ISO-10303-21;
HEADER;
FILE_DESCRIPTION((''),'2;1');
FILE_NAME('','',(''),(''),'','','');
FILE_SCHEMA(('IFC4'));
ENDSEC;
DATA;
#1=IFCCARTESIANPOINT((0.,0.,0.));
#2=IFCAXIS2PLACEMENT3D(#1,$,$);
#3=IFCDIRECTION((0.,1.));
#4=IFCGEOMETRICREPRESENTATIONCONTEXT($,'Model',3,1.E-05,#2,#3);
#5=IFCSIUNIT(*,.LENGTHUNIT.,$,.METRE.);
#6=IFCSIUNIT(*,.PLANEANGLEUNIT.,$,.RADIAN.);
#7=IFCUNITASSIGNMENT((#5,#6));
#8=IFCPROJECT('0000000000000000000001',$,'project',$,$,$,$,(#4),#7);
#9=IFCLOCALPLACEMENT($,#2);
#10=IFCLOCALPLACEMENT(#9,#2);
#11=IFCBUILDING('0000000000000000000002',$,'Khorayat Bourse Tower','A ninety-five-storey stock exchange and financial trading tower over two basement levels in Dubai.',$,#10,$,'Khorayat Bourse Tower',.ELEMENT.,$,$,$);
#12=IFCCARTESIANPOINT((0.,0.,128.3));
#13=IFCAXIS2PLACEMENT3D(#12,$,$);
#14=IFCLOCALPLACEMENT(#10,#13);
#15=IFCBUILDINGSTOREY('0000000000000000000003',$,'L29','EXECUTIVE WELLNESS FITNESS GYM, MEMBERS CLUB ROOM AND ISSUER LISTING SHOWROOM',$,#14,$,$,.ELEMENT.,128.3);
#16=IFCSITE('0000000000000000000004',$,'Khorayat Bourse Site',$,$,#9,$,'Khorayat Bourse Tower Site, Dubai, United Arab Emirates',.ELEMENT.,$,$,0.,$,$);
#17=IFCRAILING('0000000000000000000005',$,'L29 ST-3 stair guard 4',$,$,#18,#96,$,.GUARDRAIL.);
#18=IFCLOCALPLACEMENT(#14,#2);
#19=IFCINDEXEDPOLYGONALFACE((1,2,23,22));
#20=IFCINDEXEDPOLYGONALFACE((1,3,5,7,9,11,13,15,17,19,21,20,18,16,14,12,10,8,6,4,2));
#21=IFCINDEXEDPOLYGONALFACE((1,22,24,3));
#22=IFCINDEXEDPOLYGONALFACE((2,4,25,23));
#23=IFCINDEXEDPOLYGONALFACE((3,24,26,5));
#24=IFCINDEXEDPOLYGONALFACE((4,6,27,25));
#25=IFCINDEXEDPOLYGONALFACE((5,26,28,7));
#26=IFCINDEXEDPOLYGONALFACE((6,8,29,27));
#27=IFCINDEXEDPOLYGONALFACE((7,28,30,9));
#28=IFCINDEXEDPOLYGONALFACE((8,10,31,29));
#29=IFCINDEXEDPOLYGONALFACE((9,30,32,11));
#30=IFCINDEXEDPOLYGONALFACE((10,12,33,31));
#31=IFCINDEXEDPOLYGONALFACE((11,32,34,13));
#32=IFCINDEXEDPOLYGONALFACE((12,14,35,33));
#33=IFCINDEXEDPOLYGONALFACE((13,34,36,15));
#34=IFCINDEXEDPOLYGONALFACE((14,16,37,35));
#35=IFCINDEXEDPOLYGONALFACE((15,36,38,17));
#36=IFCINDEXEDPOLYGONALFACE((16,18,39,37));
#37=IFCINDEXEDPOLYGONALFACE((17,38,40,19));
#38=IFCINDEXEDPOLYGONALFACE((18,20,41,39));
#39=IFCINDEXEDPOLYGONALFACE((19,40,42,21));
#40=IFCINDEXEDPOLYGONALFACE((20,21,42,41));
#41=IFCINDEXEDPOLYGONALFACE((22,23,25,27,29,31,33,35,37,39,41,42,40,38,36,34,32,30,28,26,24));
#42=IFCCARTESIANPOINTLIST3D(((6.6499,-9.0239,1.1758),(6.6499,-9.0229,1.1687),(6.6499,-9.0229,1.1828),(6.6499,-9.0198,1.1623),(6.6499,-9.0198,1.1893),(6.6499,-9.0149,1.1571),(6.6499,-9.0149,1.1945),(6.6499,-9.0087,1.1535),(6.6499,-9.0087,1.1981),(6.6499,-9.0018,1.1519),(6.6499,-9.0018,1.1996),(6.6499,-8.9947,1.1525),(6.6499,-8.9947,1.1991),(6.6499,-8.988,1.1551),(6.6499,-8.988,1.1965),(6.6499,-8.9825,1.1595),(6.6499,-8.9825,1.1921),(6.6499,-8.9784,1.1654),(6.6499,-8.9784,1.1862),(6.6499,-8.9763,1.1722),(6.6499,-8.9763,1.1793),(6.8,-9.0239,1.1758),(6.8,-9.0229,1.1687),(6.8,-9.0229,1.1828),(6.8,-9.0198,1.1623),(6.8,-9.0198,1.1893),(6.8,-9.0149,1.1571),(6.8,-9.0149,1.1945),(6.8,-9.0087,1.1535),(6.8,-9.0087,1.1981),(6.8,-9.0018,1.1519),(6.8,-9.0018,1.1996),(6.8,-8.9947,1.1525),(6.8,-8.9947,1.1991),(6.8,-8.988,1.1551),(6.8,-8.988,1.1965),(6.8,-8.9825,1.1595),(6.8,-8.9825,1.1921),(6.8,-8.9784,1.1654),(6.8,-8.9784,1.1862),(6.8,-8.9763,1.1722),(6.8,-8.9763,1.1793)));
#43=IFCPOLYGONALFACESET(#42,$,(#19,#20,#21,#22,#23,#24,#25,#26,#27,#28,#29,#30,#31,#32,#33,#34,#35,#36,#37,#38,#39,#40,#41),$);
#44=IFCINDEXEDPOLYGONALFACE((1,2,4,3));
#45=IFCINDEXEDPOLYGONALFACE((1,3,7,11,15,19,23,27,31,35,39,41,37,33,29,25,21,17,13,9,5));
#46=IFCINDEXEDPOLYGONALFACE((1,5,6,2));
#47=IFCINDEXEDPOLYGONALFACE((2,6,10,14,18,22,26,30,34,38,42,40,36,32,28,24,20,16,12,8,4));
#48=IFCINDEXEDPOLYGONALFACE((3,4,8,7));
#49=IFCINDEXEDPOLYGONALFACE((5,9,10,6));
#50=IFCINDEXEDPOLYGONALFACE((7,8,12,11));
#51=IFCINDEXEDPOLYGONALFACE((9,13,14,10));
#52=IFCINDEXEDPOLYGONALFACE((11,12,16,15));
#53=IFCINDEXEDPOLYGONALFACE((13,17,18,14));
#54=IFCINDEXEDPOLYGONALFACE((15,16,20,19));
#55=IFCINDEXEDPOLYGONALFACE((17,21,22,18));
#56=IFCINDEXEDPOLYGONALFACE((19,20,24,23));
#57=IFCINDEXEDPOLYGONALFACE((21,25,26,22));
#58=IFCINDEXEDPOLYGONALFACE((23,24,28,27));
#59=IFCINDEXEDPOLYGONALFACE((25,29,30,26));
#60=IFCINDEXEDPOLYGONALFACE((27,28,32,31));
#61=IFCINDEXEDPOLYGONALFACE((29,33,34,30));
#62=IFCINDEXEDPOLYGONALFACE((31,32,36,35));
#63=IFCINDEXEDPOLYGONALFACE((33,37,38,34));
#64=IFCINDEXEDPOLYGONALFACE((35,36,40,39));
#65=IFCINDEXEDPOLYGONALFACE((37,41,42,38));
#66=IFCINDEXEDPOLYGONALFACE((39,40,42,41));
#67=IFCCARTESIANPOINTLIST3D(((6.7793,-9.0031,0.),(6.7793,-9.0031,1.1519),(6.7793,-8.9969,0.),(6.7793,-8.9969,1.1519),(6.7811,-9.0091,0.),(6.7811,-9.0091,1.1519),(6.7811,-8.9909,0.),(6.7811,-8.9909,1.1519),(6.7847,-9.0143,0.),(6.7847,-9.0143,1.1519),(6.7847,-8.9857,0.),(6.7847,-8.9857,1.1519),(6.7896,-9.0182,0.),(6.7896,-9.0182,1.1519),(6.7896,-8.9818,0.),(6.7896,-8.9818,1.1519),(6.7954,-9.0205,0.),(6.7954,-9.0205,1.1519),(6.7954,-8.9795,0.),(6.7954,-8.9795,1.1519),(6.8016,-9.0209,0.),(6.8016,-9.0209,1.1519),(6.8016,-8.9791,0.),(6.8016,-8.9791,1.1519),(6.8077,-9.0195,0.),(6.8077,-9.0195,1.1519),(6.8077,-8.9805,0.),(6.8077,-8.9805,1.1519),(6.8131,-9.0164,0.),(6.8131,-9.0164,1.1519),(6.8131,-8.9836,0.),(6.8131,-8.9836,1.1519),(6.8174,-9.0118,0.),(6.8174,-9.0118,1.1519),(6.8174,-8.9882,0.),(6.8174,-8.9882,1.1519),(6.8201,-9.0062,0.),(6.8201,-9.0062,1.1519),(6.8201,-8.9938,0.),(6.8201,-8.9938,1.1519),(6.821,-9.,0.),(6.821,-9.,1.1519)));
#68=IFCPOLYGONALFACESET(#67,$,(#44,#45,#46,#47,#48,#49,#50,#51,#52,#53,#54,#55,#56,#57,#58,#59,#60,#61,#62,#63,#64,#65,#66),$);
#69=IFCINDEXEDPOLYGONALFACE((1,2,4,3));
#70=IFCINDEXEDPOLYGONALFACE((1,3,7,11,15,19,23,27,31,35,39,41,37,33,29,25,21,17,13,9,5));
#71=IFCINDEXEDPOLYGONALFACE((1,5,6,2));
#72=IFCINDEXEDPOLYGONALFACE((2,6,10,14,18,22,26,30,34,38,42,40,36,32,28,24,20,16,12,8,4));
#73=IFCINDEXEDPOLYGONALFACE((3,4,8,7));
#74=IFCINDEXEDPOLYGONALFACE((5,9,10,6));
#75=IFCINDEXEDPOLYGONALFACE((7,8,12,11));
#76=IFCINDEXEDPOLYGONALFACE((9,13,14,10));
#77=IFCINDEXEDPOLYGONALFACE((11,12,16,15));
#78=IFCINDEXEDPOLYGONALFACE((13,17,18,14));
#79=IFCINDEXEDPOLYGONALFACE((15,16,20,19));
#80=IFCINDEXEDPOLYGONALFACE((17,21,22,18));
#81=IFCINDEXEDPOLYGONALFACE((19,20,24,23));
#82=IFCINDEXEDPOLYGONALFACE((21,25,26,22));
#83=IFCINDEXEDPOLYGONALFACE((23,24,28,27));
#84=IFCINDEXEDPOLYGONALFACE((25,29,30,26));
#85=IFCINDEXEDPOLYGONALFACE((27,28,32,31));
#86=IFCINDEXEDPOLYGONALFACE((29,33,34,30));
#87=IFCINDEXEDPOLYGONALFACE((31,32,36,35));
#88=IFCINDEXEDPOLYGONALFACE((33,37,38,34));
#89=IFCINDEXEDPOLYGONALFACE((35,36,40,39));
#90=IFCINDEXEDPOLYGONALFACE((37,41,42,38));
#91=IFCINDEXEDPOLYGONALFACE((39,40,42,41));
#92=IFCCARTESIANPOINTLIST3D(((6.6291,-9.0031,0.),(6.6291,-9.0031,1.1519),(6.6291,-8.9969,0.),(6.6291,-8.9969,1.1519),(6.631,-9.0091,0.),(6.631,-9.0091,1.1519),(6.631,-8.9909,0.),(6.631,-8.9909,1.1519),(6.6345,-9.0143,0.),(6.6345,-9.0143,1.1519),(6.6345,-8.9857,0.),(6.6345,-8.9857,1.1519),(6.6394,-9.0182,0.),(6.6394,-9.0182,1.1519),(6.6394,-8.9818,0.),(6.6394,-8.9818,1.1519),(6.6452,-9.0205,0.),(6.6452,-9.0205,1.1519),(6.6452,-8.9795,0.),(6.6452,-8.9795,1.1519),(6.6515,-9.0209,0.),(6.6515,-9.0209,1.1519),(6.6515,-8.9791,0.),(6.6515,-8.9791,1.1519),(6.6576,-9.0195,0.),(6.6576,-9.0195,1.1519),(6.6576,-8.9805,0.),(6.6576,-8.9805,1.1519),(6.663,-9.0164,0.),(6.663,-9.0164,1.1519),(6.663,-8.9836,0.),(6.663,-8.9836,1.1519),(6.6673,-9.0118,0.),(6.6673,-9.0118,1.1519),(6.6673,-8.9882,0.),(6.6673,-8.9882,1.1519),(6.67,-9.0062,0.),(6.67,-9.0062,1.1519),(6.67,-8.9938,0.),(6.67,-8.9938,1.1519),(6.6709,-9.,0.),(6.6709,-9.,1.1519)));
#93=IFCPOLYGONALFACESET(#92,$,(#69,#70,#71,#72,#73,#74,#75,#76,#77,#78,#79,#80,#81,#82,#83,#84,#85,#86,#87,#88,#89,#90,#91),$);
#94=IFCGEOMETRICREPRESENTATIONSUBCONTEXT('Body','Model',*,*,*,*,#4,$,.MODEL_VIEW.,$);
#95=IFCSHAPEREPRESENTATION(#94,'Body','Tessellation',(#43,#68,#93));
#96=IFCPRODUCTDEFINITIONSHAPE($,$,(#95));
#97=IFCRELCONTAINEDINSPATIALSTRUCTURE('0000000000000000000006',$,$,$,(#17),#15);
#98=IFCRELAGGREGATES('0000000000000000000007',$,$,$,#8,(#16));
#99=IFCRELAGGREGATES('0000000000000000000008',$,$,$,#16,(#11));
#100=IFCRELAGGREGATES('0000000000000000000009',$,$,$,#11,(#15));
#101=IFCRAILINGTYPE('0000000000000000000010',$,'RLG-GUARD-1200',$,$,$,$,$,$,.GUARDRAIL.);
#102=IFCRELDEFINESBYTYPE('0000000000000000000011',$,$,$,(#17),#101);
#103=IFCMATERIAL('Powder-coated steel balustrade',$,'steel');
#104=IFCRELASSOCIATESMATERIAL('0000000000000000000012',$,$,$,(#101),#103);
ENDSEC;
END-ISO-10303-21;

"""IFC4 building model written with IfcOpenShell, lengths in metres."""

from ifc_helpers import new_model, si_unit, direction, frame, origin, origin_2d, place, context, subcontext, project, spatial, circle, extrude, source, transform, mapped, material, type_object, element, save


model = new_model("IFC4")

# Units and contexts
model_context = context("Model", 3, precision=1e-05, world=origin(), true_north=direction((0.0, 1.0)))
body_context = subcontext(model_context, "Body", "Model", "MODEL_VIEW")
ifc_project = project(units=[si_unit("LENGTHUNIT", "METRE"), si_unit("PLANEANGLEUNIT", "RADIAN")], contexts=[model_context])

# Site, building, storey
site_placement = place(None, origin())
site = spatial("IfcSite", under=ifc_project, at=site_placement, Name="Khorayat Bourse Site", LongName="Khorayat Bourse Tower Site, Dubai, United Arab Emirates", CompositionType="ELEMENT", RefElevation=0.0)
building_placement = place(site_placement, origin())
building = spatial("IfcBuilding", under=site, at=building_placement, Name="Khorayat Bourse Tower", Description="A ninety-five-storey stock exchange and financial trading tower over two basement levels in Dubai.", LongName="Khorayat Bourse Tower", CompositionType="ELEMENT")
storey_placement = place(building_placement, frame((0.0, 0.0, 128.3)))
storey = spatial("IfcBuildingStorey", under=building, at=storey_placement, Name="L29", Description="EXECUTIVE WELLNESS FITNESS GYM, MEMBERS CLUB ROOM AND ISSUER LISTING SHOWROOM", CompositionType="ELEMENT", Elevation=128.3)

# Railing
ifc_material_1 = material(Name="Powder-coated steel balustrade", Category="steel")
railing_type_1 = type_object("IfcRailingType", Name="RLG-GUARD-1200", PredefinedType="GUARDRAIL", material=ifc_material_1)
shared_shape_1 = source(origin(), body_context, "Body", "SweptSolid", [
    extrude(circle(Radius=0.0239, at=origin_2d()), frame((0.0, 0.0, 1.1758), z_axis=(-1.0, 0.0, 0.0), x_axis=(0.0, -1.0, 0.0)), (0.0, 0.0, 1.0), 0.1501),
    extrude(circle(Radius=0.021, at=origin_2d()), origin(), (0.0, 0.0, 1.0), 1.1519),
    extrude(circle(Radius=0.021, at=origin_2d()), frame((-0.1501, 0.0, 0.0)), (0.0, 0.0, 1.0), 1.1519),
])
for number, where, name in (
    (1, (6.8, -9.0, 0.0), "L29 ST-3 stair guard 4"),
):
    element("IfcRailing", number, at=place(storey_placement, frame(where)), inside=storey, type_object=railing_type_1, Name=name, PredefinedType="GUARDRAIL", context=body_context, shape_type="MappedRepresentation", body=[
        mapped(shared_shape_1, transform((0.0, 0.0, 0.0), scale=1.0)),
    ])

save(model, "model.ifc")
